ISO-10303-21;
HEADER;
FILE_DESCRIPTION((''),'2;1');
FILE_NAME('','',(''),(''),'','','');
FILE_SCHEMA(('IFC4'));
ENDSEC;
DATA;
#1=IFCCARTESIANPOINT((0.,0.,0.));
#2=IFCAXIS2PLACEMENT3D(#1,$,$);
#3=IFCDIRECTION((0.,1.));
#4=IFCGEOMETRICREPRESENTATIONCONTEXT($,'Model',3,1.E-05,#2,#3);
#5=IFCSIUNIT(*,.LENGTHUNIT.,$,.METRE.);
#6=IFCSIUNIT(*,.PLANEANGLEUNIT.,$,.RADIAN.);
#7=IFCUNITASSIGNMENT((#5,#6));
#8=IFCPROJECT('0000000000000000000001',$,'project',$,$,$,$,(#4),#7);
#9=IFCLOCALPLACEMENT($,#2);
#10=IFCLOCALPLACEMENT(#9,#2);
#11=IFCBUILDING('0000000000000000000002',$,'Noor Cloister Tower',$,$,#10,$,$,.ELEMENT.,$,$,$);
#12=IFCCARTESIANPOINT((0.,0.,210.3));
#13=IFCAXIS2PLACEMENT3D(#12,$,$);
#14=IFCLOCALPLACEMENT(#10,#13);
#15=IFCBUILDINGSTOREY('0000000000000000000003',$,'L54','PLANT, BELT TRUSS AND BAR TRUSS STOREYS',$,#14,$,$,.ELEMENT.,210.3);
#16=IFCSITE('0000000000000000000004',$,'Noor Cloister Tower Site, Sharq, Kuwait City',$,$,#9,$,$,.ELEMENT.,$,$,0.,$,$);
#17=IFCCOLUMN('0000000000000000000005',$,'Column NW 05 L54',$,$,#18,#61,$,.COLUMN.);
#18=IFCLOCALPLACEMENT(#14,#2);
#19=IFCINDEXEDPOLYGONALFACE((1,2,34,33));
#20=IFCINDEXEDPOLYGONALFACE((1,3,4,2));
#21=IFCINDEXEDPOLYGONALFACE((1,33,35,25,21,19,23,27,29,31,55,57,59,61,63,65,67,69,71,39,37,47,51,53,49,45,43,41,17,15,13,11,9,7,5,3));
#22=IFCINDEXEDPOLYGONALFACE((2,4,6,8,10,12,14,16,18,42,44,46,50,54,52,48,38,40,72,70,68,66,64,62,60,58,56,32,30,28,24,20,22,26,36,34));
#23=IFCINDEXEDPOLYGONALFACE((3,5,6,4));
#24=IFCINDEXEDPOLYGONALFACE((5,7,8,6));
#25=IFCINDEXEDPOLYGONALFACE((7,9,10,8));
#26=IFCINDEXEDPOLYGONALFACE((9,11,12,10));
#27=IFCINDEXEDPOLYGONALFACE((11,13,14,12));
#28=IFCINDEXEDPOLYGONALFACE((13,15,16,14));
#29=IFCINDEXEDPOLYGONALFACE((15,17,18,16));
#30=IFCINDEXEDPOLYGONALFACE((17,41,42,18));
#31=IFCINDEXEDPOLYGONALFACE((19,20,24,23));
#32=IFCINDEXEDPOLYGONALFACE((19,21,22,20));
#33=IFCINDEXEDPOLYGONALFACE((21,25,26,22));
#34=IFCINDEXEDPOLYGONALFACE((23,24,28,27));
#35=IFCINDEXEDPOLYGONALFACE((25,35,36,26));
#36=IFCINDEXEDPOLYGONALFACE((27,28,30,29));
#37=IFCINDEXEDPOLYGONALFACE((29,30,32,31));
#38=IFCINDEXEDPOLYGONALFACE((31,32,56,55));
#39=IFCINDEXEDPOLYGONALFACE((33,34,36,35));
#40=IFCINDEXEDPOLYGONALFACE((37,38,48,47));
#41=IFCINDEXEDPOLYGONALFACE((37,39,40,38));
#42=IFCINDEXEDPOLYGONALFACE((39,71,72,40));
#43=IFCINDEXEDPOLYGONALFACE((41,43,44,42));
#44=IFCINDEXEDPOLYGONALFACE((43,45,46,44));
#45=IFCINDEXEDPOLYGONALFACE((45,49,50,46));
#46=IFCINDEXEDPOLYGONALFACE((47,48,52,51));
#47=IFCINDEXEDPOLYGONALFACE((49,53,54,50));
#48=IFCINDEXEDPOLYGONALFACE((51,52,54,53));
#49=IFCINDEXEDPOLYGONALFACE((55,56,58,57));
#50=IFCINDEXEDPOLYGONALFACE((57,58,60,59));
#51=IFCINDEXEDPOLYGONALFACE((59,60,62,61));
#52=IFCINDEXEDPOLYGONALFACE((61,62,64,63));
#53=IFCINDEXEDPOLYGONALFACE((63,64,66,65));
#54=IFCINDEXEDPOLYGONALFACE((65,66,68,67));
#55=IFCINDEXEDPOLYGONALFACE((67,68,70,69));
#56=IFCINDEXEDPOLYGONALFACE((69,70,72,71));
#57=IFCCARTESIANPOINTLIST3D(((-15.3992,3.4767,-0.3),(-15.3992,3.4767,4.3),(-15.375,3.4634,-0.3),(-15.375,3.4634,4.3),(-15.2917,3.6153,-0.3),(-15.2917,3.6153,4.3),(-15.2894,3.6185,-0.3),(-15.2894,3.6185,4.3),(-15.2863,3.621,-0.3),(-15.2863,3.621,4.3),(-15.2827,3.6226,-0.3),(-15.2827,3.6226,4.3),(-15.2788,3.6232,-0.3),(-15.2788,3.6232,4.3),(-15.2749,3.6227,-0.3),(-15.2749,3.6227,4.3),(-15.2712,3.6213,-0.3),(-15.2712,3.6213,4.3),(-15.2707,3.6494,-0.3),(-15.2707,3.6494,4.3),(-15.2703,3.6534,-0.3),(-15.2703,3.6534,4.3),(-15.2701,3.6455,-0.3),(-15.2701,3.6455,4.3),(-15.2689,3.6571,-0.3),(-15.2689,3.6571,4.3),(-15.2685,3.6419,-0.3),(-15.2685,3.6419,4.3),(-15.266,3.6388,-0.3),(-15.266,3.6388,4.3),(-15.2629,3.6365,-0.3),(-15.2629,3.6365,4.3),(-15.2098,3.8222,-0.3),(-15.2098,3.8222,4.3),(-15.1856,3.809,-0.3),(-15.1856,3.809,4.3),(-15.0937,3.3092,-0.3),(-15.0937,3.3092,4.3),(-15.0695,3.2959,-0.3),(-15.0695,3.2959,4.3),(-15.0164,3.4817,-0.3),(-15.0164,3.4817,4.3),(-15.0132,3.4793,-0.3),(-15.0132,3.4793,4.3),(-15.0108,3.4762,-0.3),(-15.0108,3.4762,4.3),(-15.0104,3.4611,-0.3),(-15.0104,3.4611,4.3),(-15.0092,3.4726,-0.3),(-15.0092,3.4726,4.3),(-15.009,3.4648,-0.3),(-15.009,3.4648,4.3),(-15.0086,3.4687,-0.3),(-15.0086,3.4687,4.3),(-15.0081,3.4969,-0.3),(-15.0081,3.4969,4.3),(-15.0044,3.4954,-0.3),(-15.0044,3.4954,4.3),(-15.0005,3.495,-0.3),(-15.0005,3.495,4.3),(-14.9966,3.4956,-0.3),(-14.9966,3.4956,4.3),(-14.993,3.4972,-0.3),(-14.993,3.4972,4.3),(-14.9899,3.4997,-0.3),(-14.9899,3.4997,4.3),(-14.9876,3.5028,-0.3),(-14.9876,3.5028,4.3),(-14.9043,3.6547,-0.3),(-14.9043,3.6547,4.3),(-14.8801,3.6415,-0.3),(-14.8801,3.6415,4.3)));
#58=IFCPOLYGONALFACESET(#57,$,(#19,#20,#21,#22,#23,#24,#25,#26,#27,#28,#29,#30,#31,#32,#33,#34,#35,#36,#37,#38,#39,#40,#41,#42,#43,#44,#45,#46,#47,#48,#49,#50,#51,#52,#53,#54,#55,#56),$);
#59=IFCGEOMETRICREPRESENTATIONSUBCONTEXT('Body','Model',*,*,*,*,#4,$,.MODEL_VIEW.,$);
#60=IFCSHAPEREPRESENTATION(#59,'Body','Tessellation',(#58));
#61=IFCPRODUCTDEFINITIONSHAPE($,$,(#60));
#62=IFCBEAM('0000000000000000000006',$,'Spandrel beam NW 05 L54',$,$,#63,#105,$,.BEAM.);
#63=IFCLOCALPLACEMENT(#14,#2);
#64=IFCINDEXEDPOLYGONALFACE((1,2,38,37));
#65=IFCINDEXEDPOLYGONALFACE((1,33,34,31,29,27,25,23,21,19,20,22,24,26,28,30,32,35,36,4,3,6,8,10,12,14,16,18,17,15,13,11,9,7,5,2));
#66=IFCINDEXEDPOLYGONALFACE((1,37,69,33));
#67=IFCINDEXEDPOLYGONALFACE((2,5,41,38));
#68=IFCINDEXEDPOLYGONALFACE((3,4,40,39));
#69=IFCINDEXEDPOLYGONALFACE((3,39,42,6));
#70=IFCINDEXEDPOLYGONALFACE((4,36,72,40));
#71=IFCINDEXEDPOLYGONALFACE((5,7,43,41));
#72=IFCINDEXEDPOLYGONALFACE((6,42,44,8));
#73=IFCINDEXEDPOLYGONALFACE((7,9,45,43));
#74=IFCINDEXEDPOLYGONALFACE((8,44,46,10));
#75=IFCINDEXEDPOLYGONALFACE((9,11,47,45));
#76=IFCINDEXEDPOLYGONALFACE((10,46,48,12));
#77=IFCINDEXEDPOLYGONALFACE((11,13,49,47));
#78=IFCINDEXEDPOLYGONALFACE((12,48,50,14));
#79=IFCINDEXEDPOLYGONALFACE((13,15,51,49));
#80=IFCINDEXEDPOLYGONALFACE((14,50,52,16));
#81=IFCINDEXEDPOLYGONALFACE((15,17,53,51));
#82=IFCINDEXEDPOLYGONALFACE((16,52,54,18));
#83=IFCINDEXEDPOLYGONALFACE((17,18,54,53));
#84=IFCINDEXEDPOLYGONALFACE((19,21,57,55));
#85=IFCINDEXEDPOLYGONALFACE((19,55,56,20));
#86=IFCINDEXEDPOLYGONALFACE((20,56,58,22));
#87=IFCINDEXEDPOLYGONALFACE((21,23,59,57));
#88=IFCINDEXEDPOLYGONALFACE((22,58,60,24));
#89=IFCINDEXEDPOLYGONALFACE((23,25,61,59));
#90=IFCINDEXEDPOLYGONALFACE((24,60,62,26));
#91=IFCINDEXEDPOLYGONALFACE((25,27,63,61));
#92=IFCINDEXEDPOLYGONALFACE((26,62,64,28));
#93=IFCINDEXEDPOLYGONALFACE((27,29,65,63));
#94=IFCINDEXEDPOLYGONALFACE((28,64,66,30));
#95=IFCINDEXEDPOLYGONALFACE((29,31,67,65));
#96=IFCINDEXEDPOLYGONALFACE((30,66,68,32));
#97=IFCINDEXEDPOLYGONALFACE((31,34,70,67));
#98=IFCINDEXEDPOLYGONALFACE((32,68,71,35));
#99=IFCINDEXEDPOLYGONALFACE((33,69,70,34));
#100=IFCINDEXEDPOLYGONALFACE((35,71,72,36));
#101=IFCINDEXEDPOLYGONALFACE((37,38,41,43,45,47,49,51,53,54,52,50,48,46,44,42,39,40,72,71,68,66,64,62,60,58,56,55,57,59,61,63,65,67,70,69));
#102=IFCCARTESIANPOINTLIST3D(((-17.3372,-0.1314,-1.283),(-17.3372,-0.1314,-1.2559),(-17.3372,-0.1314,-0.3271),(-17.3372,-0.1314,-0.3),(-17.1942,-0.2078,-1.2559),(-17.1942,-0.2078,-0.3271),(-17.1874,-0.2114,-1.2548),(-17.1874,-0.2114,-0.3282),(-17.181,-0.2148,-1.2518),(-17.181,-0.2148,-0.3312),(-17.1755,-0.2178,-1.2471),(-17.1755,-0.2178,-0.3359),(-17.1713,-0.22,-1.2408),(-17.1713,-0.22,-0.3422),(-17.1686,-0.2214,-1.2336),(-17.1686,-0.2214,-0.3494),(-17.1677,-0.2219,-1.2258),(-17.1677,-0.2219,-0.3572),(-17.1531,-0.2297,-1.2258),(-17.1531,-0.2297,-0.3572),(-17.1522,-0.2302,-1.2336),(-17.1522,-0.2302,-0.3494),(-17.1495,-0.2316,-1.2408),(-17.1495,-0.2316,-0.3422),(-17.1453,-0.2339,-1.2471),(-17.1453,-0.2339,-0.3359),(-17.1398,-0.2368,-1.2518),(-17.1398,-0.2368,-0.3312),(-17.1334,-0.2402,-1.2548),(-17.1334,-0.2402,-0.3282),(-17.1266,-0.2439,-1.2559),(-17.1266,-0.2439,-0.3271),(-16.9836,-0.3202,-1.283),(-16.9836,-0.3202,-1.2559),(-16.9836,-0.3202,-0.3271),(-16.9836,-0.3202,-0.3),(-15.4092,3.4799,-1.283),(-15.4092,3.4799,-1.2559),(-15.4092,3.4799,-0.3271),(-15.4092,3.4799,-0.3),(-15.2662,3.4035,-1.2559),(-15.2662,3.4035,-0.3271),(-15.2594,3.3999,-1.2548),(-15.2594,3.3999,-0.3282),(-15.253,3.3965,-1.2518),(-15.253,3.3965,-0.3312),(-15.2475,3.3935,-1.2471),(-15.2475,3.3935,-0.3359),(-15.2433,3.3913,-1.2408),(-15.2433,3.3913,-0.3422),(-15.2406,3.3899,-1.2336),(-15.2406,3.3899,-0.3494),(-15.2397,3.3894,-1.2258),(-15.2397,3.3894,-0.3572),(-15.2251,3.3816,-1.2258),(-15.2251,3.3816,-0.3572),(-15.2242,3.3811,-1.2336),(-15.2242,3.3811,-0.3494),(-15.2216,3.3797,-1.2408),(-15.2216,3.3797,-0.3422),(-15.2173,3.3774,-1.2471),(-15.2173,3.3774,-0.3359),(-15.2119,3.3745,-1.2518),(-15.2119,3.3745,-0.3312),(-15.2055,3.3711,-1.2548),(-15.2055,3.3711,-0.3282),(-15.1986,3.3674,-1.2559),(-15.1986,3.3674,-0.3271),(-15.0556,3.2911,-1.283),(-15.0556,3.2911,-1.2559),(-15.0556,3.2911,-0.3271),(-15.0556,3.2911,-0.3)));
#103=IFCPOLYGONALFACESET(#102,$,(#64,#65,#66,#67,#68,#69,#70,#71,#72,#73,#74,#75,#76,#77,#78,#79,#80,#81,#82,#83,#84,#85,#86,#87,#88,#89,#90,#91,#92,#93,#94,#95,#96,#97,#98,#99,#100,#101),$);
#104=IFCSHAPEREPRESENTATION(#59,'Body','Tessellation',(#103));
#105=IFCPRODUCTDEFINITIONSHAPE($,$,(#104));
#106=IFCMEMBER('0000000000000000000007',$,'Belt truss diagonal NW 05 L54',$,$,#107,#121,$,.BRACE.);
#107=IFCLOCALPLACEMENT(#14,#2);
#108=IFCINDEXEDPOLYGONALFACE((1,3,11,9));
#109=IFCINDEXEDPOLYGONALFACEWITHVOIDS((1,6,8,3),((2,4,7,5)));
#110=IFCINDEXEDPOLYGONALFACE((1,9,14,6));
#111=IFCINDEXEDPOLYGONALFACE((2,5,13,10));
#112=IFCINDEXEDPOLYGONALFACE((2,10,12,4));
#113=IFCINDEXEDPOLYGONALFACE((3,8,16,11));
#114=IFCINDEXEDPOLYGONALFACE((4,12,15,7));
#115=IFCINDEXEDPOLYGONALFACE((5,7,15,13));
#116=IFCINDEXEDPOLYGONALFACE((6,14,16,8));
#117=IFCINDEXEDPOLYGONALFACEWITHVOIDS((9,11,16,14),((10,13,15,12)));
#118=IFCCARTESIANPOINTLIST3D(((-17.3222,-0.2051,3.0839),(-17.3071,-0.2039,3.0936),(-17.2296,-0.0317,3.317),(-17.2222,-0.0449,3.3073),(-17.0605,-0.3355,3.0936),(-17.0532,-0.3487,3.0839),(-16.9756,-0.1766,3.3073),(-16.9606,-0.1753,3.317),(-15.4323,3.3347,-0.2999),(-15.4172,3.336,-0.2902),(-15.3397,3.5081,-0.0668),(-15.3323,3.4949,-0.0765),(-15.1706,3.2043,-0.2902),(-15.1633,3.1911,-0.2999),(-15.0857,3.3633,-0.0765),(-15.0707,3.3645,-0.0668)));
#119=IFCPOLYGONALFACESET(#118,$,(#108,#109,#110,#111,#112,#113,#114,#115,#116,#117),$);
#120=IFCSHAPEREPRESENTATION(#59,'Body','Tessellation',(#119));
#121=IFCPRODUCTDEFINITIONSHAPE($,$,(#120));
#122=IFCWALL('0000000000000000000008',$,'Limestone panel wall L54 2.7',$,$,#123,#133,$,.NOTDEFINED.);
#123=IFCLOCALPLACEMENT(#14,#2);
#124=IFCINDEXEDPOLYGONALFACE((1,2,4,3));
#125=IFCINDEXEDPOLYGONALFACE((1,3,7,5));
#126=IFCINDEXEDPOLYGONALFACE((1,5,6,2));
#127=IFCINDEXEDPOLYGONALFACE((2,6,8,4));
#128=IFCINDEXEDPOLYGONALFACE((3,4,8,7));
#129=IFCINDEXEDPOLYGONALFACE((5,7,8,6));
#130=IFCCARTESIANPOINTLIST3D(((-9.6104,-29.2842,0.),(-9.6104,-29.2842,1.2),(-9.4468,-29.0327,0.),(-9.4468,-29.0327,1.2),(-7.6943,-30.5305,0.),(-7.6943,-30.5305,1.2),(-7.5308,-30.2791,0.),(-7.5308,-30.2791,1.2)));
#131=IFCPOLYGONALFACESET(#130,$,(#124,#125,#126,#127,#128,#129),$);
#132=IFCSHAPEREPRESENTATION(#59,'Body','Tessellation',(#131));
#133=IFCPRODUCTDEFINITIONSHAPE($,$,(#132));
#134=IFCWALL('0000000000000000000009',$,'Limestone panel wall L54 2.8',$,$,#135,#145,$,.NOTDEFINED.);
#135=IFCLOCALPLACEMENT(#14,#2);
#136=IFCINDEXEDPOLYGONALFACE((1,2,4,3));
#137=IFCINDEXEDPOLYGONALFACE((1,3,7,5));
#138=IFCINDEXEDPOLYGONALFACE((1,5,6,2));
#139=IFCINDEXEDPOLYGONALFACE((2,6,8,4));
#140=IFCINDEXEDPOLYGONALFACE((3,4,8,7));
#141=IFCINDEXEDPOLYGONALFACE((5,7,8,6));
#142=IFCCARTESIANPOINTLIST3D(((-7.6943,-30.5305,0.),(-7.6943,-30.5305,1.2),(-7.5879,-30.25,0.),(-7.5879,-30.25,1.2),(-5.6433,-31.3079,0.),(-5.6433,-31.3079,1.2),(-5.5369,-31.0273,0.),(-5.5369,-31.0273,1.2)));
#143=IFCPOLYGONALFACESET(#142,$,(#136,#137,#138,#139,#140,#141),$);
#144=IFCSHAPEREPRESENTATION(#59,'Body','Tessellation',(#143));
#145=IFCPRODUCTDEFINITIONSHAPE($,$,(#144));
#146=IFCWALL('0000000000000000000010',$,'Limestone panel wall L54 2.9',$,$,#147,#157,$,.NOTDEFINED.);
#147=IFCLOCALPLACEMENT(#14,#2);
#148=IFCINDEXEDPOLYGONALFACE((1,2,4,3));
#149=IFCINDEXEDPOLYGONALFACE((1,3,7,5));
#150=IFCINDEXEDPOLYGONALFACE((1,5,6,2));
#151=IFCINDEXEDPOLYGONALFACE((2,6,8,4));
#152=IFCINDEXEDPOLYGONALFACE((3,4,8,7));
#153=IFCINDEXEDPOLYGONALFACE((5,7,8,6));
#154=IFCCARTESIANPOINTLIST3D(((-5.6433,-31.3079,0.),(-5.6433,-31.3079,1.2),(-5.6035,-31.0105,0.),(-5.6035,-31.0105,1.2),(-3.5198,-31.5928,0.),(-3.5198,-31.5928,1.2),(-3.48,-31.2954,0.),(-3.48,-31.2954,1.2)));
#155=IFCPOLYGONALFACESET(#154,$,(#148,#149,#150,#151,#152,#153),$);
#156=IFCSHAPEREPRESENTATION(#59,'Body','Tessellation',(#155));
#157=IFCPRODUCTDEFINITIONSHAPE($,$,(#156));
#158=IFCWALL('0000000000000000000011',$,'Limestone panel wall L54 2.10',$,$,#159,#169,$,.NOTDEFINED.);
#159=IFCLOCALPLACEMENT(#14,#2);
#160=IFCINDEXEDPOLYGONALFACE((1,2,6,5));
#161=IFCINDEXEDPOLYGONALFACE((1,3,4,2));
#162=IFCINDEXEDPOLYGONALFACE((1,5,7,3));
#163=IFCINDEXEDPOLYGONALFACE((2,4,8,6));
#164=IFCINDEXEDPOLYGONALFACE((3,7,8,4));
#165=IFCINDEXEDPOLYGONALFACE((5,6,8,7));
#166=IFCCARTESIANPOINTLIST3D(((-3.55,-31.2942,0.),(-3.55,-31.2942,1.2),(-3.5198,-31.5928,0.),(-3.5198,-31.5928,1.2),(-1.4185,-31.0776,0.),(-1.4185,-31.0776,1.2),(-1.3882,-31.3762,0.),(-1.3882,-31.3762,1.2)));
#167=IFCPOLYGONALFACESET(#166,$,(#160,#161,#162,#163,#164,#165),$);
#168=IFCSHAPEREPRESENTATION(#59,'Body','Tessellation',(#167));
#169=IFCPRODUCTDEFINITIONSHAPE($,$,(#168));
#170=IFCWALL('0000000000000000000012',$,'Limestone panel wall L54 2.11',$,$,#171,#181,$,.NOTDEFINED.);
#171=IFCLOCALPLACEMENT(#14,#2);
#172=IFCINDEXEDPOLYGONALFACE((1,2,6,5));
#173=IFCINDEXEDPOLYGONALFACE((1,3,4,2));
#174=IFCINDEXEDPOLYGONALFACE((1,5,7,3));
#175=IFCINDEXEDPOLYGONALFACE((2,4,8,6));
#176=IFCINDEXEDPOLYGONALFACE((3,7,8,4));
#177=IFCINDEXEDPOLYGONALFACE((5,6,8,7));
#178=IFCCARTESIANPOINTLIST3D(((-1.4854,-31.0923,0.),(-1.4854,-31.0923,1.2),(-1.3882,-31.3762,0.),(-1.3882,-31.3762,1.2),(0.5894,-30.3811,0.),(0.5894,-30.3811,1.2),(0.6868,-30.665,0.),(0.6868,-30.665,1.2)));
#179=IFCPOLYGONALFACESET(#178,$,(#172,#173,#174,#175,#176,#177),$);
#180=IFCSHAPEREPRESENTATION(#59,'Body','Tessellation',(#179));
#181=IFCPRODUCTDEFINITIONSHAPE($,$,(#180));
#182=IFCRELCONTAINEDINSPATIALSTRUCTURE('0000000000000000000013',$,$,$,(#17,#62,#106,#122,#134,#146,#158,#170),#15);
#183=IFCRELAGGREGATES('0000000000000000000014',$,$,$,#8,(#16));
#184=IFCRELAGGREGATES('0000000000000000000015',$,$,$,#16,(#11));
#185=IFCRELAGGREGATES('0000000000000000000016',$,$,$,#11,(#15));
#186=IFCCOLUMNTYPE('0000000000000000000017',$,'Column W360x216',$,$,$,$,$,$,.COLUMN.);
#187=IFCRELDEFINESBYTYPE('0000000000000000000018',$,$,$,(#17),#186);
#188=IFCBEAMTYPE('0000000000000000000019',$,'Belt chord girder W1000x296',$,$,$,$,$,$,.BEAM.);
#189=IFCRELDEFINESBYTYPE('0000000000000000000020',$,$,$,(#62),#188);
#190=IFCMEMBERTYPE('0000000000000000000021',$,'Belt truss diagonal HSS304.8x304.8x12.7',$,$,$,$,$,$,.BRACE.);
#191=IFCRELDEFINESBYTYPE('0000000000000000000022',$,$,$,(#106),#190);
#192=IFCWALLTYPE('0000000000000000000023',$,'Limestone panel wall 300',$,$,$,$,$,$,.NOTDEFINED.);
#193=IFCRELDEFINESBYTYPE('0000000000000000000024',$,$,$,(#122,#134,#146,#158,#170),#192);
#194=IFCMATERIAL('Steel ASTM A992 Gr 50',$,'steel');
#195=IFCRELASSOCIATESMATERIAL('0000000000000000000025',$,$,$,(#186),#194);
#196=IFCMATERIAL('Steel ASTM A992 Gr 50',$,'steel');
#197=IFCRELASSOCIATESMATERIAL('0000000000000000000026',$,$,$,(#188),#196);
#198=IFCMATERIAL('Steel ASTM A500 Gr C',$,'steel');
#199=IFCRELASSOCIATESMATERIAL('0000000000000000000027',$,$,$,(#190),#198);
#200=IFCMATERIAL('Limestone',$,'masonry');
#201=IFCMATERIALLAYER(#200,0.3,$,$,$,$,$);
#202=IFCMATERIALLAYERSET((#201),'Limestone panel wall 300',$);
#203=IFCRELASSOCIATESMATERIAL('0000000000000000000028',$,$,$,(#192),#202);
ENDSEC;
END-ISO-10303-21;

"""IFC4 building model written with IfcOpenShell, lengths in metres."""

from ifc_helpers import new_model, si_unit, direction, frame, origin, origin_2d, place, context, subcontext, project, spatial, polyline, hollow_rectangle, i_section, outline, extrude, material, layer, layer_set, material_profile, profile_set, type_object, element, save


model = new_model("IFC4")

# Units and contexts
model_context = context("Model", 3, precision=1e-05, world=origin(), true_north=direction((0.0, 1.0)))
body_context = subcontext(model_context, "Body", "Model", "MODEL_VIEW")
ifc_project = project(units=[si_unit("LENGTHUNIT", "METRE"), si_unit("PLANEANGLEUNIT", "RADIAN")], contexts=[model_context])

# Site, building, storey
site_placement = place(None, origin())
site = spatial("IfcSite", under=ifc_project, at=site_placement, Name="Noor Cloister Tower Site, Sharq, Kuwait City", CompositionType="ELEMENT", RefElevation=0.0)
building_placement = place(site_placement, origin())
building = spatial("IfcBuilding", under=site, at=building_placement, Name="Noor Cloister Tower", CompositionType="ELEMENT")
storey_placement = place(building_placement, frame((0.0, 0.0, 210.3)))
storey = spatial("IfcBuildingStorey", under=building, at=storey_placement, Name="L54", Description="PLANT, BELT TRUSS AND BAR TRUSS STOREYS", CompositionType="ELEMENT", Elevation=210.3)

# Column
ifc_material_1 = material(Name="Steel ASTM A992 Gr 50", Category="steel")
ifc_material_profile_1 = material_profile(ifc_material_1, i_section(OverallWidth=0.394, OverallDepth=0.376, WebThickness=0.0173, FlangeThickness=0.0276, FilletRadius=0.0151, at=origin_2d()), Name="W360x216")
ifc_profile_set_1 = profile_set([ifc_material_profile_1], Name="Steel ASTM A992 Gr 50")
column_type = type_object("IfcColumnType", Name="Column W360x216", PredefinedType="COLUMN", material=ifc_profile_set_1)
column_placement = place(storey_placement, frame((-15.1396, 3.5591, -0.3), z_axis=(0.0, 0.0, 1.0), x_axis=(-0.480711, -0.876879, 0.0)))
element("IfcColumn", 1, at=column_placement, inside=storey, type_object=column_type, Name="Column NW 05 L54", PredefinedType="COLUMN", context=body_context, shape_type="SweptSolid", body=[
    extrude(i_section(OverallWidth=0.394, OverallDepth=0.376, WebThickness=0.0173, FlangeThickness=0.0276, FilletRadius=0.0151, at=origin_2d()), origin(), (0.0, 0.0, 1.0), 4.6001),
])

# Beam
ifc_material_2 = material(Name="Steel ASTM A992 Gr 50", Category="steel")
ifc_material_profile_2 = material_profile(ifc_material_2, i_section(OverallWidth=0.4009, OverallDepth=0.9829, WebThickness=0.0166, FlangeThickness=0.0271, FilletRadius=0.03, at=origin_2d()), Name="W1000x296")
ifc_profile_set_2 = profile_set([ifc_material_profile_2], Name="Steel ASTM A992 Gr 50")
beam_type = type_object("IfcBeamType", Name="Belt chord girder W1000x296", PredefinedType="BEAM", material=ifc_profile_set_2)
beam_placement = place(storey_placement, frame((-15.2324, 3.3855, -0.7915), z_axis=(-0.470957, -0.882156, 0.0), x_axis=(0.882156, -0.470957, 0.0)))
element("IfcBeam", 2, at=beam_placement, inside=storey, type_object=beam_type, Name="Spandrel beam NW 05 L54", PredefinedType="BEAM", context=body_context, shape_type="SweptSolid", body=[
    extrude(i_section(OverallWidth=0.4009, OverallDepth=0.9829, WebThickness=0.0166, FlangeThickness=0.0271, FilletRadius=0.03, at=origin_2d()), origin(), (0.0, 0.0, 1.0), 4.0938),
])

# Member
ifc_material_3 = material(Name="Steel ASTM A500 Gr C", Category="steel")
ifc_material_profile_3 = material_profile(ifc_material_3, hollow_rectangle(XDim=0.3049, YDim=0.3049, WallThickness=0.0127, at=origin_2d()), Name="HSS304.8x304.8x12.7")
ifc_profile_set_3 = profile_set([ifc_material_profile_3], Name="Steel ASTM A500 Gr C")
member_type = type_object("IfcMemberType", Name="Belt truss diagonal HSS304.8x304.8x12.7", PredefinedType="BRACE", material=ifc_profile_set_3)
member_placement = place(storey_placement, frame((-15.2515, 3.3496, -0.1833), z_axis=(-0.360049, -0.674377, 0.644656), x_axis=(0.882146, -0.470977, 0.0)))
element("IfcMember", 3, at=member_placement, inside=storey, type_object=member_type, Name="Belt truss diagonal NW 05 L54", PredefinedType="BRACE", context=body_context, shape_type="SweptSolid", body=[
    extrude(hollow_rectangle(XDim=0.3049, YDim=0.3049, WallThickness=0.0127, at=origin_2d()), origin(), (0.0, 0.0, 1.0), 5.249),
])

# Walls
ifc_material_4 = material(Name="Limestone", Category="masonry")
ifc_layer_1 = layer(ifc_material_4, 0.3)
ifc_layer_set_1 = layer_set([ifc_layer_1], Name="Limestone panel wall 300")
wall_type_1 = type_object("IfcWallType", Name="Limestone panel wall 300", PredefinedType="NOTDEFINED", material=ifc_layer_set_1)
wall_1_placement = place(storey_placement, origin())
element("IfcWall", 4, at=wall_1_placement, inside=storey, type_object=wall_type_1, Name="Limestone panel wall L54 2.7", PredefinedType="NOTDEFINED", context=body_context, shape_type="SweptSolid", body=[
    extrude(outline(polyline([(-9.6104, -29.2842), (-7.6943, -30.5305), (-7.5308, -30.2791), (-9.4468, -29.0327), (-9.6104, -29.2842)])), origin(), (0.0, 0.0, 1.0), 1.2),
])
wall_2_placement = place(storey_placement, origin())
element("IfcWall", 5, at=wall_2_placement, inside=storey, type_object=wall_type_1, Name="Limestone panel wall L54 2.8", PredefinedType="NOTDEFINED", context=body_context, shape_type="SweptSolid", body=[
    extrude(outline(polyline([(-7.6943, -30.5305), (-5.6433, -31.3079), (-5.5369, -31.0273), (-7.5879, -30.25), (-7.6943, -30.5305)])), origin(), (0.0, 0.0, 1.0), 1.2),
])
wall_3_placement = place(storey_placement, origin())
element("IfcWall", 6, at=wall_3_placement, inside=storey, type_object=wall_type_1, Name="Limestone panel wall L54 2.9", PredefinedType="NOTDEFINED", context=body_context, shape_type="SweptSolid", body=[
    extrude(outline(polyline([(-5.6433, -31.3079), (-3.5198, -31.5928), (-3.48, -31.2954), (-5.6035, -31.0105), (-5.6433, -31.3079)])), origin(), (0.0, 0.0, 1.0), 1.2),
])
wall_4_placement = place(storey_placement, origin())
element("IfcWall", 7, at=wall_4_placement, inside=storey, type_object=wall_type_1, Name="Limestone panel wall L54 2.10", PredefinedType="NOTDEFINED", context=body_context, shape_type="SweptSolid", body=[
    extrude(outline(polyline([(-3.5198, -31.5928), (-1.3882, -31.3762), (-1.4185, -31.0776), (-3.55, -31.2942), (-3.5198, -31.5928)])), origin(), (0.0, 0.0, 1.0), 1.2),
])
wall_5_placement = place(storey_placement, origin())
element("IfcWall", 8, at=wall_5_placement, inside=storey, type_object=wall_type_1, Name="Limestone panel wall L54 2.11", PredefinedType="NOTDEFINED", context=body_context, shape_type="SweptSolid", body=[
    extrude(outline(polyline([(-1.3882, -31.3762), (0.6868, -30.665), (0.5894, -30.3811), (-1.4854, -31.0923), (-1.3882, -31.3762)])), origin(), (0.0, 0.0, 1.0), 1.2),
])

save(model, "model.ifc")
